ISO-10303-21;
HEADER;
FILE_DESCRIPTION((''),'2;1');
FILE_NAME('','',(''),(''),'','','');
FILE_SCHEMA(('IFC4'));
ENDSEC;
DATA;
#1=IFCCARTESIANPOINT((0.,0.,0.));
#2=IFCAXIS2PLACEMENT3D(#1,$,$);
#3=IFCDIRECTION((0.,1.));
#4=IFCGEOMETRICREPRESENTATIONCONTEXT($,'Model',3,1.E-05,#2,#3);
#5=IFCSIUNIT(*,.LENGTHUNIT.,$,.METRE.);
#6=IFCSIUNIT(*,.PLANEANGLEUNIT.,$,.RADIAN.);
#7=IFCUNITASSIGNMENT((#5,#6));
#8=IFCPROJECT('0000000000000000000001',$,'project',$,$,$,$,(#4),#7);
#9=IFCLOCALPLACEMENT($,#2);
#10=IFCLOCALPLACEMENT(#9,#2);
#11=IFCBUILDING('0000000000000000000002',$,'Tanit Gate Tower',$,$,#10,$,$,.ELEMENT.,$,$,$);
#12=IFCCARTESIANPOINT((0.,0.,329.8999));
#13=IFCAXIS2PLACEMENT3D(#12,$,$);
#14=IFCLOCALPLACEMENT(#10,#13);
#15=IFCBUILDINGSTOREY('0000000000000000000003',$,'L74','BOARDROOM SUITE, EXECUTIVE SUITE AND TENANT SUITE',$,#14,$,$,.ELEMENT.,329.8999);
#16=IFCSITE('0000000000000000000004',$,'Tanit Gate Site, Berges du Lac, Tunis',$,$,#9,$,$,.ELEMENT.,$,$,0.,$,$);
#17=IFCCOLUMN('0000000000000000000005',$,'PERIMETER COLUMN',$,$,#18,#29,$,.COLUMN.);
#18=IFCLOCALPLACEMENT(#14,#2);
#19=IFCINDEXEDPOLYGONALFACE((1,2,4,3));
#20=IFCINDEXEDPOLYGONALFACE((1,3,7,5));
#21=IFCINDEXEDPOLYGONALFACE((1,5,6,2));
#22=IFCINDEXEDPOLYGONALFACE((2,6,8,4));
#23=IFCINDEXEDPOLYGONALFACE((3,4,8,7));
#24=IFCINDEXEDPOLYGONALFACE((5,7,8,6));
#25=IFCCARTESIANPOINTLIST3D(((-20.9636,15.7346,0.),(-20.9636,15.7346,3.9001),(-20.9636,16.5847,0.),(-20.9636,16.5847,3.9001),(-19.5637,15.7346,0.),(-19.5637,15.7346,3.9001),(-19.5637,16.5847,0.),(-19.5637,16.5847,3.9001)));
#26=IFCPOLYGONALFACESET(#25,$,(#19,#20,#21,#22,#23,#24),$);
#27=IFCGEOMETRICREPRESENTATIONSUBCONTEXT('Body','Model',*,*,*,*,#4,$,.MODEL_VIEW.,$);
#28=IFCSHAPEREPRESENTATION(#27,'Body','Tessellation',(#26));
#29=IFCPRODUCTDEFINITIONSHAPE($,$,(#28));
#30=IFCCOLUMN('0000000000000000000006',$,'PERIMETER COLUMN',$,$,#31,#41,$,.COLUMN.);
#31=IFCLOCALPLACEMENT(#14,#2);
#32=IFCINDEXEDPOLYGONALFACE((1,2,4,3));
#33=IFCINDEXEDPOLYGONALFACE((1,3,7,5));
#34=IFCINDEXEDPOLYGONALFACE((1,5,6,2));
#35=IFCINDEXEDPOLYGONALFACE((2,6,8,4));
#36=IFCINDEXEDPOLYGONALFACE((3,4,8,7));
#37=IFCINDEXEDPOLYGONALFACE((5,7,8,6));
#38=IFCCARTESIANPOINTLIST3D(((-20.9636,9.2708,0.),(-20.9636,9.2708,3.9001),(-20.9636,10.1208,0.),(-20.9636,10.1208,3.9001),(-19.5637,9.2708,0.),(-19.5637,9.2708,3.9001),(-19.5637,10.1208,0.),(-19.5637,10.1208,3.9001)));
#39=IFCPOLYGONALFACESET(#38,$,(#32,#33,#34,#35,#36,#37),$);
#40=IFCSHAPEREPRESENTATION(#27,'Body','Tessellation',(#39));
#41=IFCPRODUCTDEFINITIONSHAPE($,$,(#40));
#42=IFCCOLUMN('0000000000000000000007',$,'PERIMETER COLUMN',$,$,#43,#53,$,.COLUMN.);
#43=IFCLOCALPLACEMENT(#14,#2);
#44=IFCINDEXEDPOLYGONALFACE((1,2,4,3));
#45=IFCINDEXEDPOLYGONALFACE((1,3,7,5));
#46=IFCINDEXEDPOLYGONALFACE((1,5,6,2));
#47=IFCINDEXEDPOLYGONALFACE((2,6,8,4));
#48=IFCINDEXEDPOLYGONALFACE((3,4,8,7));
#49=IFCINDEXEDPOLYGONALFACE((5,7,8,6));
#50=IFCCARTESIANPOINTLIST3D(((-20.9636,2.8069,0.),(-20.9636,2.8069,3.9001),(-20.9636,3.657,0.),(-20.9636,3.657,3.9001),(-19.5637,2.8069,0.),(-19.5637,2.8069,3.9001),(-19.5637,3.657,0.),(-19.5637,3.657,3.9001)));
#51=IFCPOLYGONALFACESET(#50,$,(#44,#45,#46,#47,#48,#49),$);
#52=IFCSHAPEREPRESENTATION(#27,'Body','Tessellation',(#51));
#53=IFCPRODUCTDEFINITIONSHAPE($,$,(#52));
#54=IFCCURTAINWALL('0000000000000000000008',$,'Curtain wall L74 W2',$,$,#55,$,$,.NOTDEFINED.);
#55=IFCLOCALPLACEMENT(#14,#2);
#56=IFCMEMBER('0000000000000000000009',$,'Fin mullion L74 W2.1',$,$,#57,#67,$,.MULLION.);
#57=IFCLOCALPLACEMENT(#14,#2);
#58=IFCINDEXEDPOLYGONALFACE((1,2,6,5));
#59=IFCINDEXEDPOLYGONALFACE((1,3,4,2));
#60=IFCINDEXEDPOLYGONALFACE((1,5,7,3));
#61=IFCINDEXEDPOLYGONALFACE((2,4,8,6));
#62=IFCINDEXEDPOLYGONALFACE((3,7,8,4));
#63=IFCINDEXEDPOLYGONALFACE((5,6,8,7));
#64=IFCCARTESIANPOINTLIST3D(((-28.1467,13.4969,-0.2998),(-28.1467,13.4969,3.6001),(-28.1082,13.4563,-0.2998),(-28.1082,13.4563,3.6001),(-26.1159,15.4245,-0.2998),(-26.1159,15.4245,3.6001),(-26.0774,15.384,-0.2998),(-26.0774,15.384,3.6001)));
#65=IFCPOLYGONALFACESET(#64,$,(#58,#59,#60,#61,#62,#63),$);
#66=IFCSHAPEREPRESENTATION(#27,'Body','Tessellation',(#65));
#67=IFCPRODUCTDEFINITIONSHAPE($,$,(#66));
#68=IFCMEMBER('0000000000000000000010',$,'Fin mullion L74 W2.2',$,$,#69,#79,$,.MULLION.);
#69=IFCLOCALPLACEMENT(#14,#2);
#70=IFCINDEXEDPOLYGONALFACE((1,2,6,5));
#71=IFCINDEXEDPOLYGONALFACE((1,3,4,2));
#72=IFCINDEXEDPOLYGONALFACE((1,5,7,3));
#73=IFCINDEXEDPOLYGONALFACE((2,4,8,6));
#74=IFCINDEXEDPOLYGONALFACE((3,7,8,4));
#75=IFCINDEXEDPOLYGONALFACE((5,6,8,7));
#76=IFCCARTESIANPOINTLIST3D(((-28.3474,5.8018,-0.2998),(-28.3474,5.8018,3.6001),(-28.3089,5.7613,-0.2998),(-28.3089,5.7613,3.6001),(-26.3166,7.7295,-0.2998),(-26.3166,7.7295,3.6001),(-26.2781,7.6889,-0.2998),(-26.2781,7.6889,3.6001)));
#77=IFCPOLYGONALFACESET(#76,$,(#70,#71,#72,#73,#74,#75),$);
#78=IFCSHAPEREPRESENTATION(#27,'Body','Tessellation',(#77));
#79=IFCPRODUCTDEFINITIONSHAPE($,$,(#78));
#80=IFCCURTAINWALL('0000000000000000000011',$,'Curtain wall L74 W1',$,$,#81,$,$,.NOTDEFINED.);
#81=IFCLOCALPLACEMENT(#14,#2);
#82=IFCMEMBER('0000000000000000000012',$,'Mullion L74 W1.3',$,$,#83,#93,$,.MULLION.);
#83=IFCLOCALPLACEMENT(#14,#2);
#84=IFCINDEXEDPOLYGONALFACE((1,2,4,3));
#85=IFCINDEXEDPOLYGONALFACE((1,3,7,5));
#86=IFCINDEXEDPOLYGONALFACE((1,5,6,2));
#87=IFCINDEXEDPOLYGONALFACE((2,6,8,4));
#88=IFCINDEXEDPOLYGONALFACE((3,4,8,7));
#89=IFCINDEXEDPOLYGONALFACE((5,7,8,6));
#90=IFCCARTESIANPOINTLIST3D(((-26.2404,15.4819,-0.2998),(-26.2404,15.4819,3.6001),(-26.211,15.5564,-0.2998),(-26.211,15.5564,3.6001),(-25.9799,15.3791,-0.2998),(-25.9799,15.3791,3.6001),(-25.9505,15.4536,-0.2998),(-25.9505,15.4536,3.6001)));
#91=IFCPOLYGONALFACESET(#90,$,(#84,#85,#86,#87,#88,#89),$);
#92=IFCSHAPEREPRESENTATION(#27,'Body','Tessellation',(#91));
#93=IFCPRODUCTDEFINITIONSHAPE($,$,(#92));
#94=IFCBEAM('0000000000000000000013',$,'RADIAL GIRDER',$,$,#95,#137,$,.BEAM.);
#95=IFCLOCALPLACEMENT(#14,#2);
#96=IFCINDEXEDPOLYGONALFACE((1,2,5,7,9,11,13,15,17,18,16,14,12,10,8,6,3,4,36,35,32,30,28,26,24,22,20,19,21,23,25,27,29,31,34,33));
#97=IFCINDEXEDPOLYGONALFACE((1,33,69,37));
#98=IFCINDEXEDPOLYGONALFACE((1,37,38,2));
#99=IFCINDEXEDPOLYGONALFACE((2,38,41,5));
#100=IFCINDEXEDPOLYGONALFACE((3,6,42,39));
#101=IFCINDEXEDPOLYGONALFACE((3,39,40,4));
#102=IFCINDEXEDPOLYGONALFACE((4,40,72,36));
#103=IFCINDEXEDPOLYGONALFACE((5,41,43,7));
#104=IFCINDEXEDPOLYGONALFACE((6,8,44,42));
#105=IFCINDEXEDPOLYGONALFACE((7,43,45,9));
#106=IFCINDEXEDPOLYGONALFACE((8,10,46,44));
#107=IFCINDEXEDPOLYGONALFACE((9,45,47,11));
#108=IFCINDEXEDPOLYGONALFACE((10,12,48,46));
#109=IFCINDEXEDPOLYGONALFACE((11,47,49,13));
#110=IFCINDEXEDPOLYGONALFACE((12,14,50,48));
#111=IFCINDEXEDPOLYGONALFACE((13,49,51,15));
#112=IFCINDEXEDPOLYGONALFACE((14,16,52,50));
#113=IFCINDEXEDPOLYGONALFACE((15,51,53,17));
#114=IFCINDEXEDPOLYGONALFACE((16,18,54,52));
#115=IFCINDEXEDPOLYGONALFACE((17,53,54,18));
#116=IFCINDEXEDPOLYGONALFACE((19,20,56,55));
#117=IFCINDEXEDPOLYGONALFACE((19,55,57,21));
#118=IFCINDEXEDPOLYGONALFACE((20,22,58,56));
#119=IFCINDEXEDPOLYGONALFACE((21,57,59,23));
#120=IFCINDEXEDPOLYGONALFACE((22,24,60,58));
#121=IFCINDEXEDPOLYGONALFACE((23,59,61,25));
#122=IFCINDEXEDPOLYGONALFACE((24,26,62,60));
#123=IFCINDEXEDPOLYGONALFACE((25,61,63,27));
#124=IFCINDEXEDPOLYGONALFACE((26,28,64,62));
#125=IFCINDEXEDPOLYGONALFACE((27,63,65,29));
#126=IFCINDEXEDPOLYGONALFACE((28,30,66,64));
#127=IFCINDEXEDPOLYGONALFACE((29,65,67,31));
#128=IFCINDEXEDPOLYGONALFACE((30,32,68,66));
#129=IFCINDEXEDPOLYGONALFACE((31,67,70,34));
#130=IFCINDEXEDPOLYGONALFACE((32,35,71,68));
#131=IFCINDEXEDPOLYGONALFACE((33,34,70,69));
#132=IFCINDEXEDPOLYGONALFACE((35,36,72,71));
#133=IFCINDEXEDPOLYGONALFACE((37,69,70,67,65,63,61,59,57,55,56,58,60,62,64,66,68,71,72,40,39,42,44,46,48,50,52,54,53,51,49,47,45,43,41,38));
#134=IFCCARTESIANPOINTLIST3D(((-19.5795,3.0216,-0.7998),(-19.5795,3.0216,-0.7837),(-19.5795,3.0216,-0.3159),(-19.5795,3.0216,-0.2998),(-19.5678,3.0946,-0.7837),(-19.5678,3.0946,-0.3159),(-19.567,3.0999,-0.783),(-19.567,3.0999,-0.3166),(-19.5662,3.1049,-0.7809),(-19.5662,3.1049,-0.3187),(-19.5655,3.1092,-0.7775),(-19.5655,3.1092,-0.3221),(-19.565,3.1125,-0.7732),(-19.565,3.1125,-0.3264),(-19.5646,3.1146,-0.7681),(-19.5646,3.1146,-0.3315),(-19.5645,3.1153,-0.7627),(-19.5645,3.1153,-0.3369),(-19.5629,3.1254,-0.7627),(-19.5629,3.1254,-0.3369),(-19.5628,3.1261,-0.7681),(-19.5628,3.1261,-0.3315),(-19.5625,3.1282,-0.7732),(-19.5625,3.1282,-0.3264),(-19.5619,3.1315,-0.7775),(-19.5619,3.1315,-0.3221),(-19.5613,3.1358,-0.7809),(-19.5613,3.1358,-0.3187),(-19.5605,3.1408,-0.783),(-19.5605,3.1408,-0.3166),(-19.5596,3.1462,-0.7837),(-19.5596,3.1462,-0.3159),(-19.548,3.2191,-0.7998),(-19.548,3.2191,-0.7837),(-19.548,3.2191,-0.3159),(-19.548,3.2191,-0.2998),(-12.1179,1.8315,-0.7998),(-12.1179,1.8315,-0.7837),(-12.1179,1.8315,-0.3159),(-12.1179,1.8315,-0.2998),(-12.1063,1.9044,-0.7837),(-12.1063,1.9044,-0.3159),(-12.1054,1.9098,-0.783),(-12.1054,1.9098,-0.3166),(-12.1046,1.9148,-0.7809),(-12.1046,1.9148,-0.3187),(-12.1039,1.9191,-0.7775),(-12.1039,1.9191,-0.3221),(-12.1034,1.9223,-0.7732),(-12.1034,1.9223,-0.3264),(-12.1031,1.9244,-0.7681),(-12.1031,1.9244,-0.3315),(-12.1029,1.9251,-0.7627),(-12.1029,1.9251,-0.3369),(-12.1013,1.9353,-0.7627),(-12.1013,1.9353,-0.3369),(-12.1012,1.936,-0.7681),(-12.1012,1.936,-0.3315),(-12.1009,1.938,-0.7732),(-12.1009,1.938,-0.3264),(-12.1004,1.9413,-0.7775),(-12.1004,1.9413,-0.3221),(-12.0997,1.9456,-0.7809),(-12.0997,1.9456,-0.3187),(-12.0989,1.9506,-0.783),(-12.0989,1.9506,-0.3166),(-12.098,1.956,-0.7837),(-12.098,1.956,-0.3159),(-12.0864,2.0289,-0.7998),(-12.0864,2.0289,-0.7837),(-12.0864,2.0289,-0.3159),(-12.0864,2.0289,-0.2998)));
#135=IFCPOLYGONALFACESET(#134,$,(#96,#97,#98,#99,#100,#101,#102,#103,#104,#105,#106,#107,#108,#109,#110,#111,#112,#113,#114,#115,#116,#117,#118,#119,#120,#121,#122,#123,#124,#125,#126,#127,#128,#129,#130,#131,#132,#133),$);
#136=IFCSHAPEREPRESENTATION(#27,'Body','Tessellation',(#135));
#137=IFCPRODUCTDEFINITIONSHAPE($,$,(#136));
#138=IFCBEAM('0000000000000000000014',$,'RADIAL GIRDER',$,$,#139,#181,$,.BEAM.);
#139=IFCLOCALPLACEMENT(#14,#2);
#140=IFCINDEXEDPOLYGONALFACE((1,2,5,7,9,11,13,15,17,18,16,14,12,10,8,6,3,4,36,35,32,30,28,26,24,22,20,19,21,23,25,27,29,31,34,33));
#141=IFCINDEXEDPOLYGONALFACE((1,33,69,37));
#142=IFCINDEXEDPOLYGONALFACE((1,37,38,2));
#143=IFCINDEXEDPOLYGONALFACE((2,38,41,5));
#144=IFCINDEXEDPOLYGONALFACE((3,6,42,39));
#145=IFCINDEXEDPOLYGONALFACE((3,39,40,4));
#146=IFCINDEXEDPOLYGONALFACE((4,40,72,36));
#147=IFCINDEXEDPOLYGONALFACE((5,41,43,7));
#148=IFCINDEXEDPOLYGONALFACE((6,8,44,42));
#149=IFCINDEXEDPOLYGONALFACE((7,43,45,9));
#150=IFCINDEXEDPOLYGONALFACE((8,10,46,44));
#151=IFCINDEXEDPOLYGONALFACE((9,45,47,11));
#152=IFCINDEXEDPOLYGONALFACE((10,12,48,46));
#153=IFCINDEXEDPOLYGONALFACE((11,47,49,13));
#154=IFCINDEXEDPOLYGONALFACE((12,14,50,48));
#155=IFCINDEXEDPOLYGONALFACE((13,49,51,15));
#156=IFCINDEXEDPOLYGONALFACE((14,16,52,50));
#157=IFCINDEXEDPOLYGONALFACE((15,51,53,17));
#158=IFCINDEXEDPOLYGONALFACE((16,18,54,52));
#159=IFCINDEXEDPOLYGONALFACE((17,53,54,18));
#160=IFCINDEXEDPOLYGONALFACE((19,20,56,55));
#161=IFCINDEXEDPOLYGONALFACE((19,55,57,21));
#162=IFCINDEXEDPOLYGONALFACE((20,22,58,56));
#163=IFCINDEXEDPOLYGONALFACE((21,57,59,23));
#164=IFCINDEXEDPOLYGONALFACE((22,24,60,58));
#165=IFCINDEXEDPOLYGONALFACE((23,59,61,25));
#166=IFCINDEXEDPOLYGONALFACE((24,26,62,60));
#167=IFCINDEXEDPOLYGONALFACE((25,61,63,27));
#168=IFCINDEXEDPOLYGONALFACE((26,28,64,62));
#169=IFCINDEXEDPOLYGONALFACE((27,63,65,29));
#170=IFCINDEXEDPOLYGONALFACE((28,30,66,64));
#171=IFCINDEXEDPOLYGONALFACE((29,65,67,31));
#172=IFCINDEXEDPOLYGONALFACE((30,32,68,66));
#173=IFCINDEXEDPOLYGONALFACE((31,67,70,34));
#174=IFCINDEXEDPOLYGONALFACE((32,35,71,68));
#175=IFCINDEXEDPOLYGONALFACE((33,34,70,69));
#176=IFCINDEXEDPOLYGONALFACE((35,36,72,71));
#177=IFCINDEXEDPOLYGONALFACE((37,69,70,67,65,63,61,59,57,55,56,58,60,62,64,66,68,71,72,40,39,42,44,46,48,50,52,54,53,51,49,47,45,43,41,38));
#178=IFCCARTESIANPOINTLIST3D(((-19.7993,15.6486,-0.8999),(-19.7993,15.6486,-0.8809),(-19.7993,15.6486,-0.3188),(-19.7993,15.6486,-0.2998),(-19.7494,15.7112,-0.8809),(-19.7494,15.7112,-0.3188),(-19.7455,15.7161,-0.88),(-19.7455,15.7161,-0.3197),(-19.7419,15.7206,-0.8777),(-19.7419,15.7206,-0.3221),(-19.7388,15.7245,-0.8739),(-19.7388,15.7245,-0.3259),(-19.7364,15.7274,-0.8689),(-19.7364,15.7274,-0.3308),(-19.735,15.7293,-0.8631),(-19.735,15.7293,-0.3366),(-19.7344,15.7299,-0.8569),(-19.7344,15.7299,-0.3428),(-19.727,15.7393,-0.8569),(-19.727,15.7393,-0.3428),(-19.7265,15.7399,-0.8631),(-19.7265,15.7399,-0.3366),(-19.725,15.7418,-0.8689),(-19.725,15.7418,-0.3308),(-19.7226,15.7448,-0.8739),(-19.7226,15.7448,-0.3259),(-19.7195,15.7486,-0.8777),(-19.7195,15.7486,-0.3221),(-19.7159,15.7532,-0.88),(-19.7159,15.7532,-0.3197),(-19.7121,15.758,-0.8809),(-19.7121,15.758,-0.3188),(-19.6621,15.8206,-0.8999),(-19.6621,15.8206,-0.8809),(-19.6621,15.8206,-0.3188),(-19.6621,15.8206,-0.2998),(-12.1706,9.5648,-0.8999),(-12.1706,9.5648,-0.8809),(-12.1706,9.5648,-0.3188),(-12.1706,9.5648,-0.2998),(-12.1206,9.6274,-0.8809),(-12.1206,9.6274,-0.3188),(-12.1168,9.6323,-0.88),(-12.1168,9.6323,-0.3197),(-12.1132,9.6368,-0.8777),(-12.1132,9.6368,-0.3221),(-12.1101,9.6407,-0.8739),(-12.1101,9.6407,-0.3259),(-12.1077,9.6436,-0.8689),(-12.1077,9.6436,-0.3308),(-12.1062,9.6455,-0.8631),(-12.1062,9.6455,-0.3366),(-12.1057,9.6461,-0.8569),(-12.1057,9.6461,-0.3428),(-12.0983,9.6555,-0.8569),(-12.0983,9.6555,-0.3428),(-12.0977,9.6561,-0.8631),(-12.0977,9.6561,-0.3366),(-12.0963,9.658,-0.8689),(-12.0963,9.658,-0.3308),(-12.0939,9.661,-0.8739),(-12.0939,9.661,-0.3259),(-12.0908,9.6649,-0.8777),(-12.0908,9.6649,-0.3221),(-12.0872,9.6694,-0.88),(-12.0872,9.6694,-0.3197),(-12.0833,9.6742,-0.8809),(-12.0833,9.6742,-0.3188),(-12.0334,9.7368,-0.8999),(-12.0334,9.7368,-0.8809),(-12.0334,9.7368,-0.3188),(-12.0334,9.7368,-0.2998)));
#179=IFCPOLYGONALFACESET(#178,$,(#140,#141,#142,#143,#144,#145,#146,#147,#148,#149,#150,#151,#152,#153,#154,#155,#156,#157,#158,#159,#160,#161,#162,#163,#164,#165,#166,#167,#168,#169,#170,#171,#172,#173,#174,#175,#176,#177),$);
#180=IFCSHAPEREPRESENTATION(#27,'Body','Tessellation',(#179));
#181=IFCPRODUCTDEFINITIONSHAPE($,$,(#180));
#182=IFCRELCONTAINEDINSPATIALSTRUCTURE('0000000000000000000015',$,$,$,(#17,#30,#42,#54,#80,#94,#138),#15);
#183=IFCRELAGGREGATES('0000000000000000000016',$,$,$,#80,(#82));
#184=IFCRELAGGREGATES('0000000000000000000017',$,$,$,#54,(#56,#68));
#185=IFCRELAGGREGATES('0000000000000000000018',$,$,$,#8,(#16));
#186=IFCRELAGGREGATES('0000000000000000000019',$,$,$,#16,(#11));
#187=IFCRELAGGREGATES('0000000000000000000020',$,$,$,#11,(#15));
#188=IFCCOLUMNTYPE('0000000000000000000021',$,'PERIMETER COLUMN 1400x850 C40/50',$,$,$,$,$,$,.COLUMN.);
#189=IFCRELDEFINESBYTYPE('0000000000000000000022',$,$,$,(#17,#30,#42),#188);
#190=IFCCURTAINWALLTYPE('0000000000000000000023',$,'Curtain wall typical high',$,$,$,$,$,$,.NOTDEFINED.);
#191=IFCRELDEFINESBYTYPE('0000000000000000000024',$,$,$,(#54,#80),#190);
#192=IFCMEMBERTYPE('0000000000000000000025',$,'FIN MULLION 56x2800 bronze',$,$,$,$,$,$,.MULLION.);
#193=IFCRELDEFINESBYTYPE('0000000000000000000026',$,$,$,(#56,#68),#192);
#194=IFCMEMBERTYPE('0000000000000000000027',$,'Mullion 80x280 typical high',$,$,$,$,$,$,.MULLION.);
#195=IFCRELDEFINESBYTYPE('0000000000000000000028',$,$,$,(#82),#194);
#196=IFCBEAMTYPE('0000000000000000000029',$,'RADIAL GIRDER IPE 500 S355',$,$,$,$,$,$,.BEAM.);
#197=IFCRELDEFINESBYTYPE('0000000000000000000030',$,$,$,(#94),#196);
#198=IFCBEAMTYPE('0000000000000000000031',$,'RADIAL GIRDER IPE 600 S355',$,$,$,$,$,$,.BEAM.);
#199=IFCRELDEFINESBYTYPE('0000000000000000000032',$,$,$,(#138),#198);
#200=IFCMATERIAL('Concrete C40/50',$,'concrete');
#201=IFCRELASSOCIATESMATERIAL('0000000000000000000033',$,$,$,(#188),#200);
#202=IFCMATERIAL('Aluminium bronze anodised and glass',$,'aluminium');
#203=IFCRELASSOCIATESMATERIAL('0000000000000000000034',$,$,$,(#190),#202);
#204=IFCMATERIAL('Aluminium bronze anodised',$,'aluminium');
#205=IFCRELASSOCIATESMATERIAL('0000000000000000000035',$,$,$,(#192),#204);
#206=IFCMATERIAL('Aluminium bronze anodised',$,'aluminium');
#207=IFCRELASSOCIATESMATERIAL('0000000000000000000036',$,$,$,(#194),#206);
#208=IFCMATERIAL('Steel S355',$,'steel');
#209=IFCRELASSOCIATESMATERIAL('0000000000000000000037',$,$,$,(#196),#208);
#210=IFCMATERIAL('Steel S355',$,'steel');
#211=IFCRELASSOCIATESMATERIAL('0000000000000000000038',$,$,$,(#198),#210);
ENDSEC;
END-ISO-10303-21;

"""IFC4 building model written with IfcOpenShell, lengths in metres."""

from ifc_helpers import new_model, si_unit, direction, frame, origin, origin_2d, place, context, subcontext, project, spatial, rectangle, i_section, extrude, material, material_profile, profile_set, type_object, element, aggregate, save


model = new_model("IFC4")

# Units and contexts
model_context = context("Model", 3, precision=1e-05, world=origin(), true_north=direction((0.0, 1.0)))
body_context = subcontext(model_context, "Body", "Model", "MODEL_VIEW")
ifc_project = project(units=[si_unit("LENGTHUNIT", "METRE"), si_unit("PLANEANGLEUNIT", "RADIAN")], contexts=[model_context])

# Site, building, storey
site_placement = place(None, origin())
site = spatial("IfcSite", under=ifc_project, at=site_placement, Name="Tanit Gate Site, Berges du Lac, Tunis", CompositionType="ELEMENT", RefElevation=0.0)
building_placement = place(site_placement, origin())
building = spatial("IfcBuilding", under=site, at=building_placement, Name="Tanit Gate Tower", CompositionType="ELEMENT")
storey_placement = place(building_placement, frame((0.0, 0.0, 329.8999)))
storey = spatial("IfcBuildingStorey", under=building, at=storey_placement, Name="L74", Description="BOARDROOM SUITE, EXECUTIVE SUITE AND TENANT SUITE", CompositionType="ELEMENT", Elevation=329.8999)

# Columns
ifc_material_1 = material(Name="Concrete C40/50", Category="concrete")
ifc_material_profile_1 = material_profile(ifc_material_1, rectangle(XDim=1.3999, YDim=0.8501, at=origin_2d()), Name="RC 1400x850")
ifc_profile_set_1 = profile_set([ifc_material_profile_1], Name="Concrete C40/50")
column_type = type_object("IfcColumnType", Name="PERIMETER COLUMN 1400x850 C40/50", PredefinedType="COLUMN", material=ifc_profile_set_1)
for number, where, z_axis, x_axis, name in (
    (1, (-20.2637, 16.1597, 0.0), (0.0, 0.0, 1.0), (-1.0, 0.0, 0.0), "PERIMETER COLUMN"),
    (2, (-20.2637, 9.6958, 0.0), (0.0, 0.0, 1.0), (-1.0, 0.0, 0.0), "PERIMETER COLUMN"),
    (3, (-20.2637, 3.2319, 0.0), (0.0, 0.0, 1.0), (-1.0, 0.0, 0.0), "PERIMETER COLUMN"),
):
    element("IfcColumn", number, at=place(storey_placement, frame(where, z_axis=z_axis, x_axis=x_axis)), inside=storey, type_object=column_type, Name=name, PredefinedType="COLUMN", context=body_context, shape_type="SweptSolid", body=[
        extrude(rectangle(XDim=1.3999, YDim=0.8501, at=origin_2d()), origin(), (0.0, 0.0, 1.0), 3.9001),
    ])

# Curtain wall, members
ifc_material_2 = material(Name="Aluminium bronze anodised and glass", Category="aluminium")
curtain_wall_type = type_object("IfcCurtainWallType", Name="Curtain wall typical high", PredefinedType="NOTDEFINED", material=ifc_material_2)
curtain_wall_1_placement = place(storey_placement, origin())
curtain_wall_1 = element("IfcCurtainWall", 4, at=curtain_wall_1_placement, inside=storey, type_object=curtain_wall_type, Name="Curtain wall L74 W2", PredefinedType="NOTDEFINED")
ifc_material_3 = material(Name="Aluminium bronze anodised", Category="aluminium")
ifc_material_profile_2 = material_profile(ifc_material_3, rectangle(XDim=2.8, YDim=0.0559, at=origin_2d()), Name="56x2800 bronze fin mullion")
ifc_profile_set_2 = profile_set([ifc_material_profile_2], Name="Aluminium bronze anodised")
member_type_1 = type_object("IfcMemberType", Name="FIN MULLION 56x2800 bronze", PredefinedType="MULLION", material=ifc_profile_set_2)
member_1_placement = place(storey_placement, frame((-27.1121, 14.4404, -0.2998), z_axis=(0.0, 0.0, 1.0), x_axis=(0.725296, 0.688438, 0.0)))
member_1 = element("IfcMember", 5, at=member_1_placement, type_object=member_type_1, Name="Fin mullion L74 W2.1", PredefinedType="MULLION", context=body_context, shape_type="SweptSolid", body=[
    extrude(rectangle(XDim=2.8, YDim=0.0559, at=origin_2d()), origin(), (0.0, 0.0, 1.0), 3.8999),
])
member_2_placement = place(storey_placement, frame((-27.3127, 6.7454, -0.2998), z_axis=(0.0, 0.0, 1.0), x_axis=(0.725296, 0.688438, 0.0)))
member_2 = element("IfcMember", 6, at=member_2_placement, type_object=member_type_1, Name="Fin mullion L74 W2.2", PredefinedType="MULLION", context=body_context, shape_type="SweptSolid", body=[
    extrude(rectangle(XDim=2.8, YDim=0.0559, at=origin_2d()), origin(), (0.0, 0.0, 1.0), 3.8999),
])

# Curtain wall, member
curtain_wall_2_placement = place(storey_placement, origin())
curtain_wall_2 = element("IfcCurtainWall", 7, at=curtain_wall_2_placement, inside=storey, type_object=curtain_wall_type, Name="Curtain wall L74 W1", PredefinedType="NOTDEFINED")
ifc_material_4 = material(Name="Aluminium bronze anodised", Category="aluminium")
ifc_material_profile_3 = material_profile(ifc_material_4, rectangle(XDim=0.28, YDim=0.0801, at=origin_2d()), Name="80x280 bronze mullion")
ifc_profile_set_3 = profile_set([ifc_material_profile_3], Name="Aluminium bronze anodised")
member_type_2 = type_object("IfcMemberType", Name="Mullion 80x280 typical high", PredefinedType="MULLION", material=ifc_profile_set_3)
member_3_placement = place(storey_placement, frame((-26.0955, 15.4678, -0.2998), z_axis=(0.0, 0.0, 1.0), x_axis=(0.930193, -0.36707, 0.0)))
member_3 = element("IfcMember", 8, at=member_3_placement, type_object=member_type_2, Name="Mullion L74 W1.3", PredefinedType="MULLION", context=body_context, shape_type="SweptSolid", body=[
    extrude(rectangle(XDim=0.28, YDim=0.0801, at=origin_2d()), origin(), (0.0, 0.0, 1.0), 3.8999),
])
aggregate(curtain_wall_2, [member_3])

# Beams
ifc_material_5 = material(Name="Steel S355", Category="steel")
ifc_material_profile_4 = material_profile(ifc_material_5, i_section(OverallWidth=0.2, OverallDepth=0.5, WebThickness=0.0103, FlangeThickness=0.0161, FilletRadius=0.021, at=origin_2d()), Name="IPE 500")
ifc_profile_set_4 = profile_set([ifc_material_profile_4], Name="Steel S355")
beam_type_1 = type_object("IfcBeamType", Name="RADIAL GIRDER IPE 500 S355", PredefinedType="BEAM", material=ifc_profile_set_4)
beam_1_placement = place(storey_placement, frame((-19.5637, 3.1204, -0.5498), z_axis=(0.987517, -0.157515, 0.0), x_axis=(0.157515, 0.987517, 0.0)))
element("IfcBeam", 9, at=beam_1_placement, inside=storey, type_object=beam_type_1, Name="RADIAL GIRDER", PredefinedType="BEAM", context=body_context, shape_type="SweptSolid", body=[
    extrude(i_section(OverallWidth=0.2, OverallDepth=0.5, WebThickness=0.0103, FlangeThickness=0.0161, FilletRadius=0.021, at=origin_2d()), origin(), (0.0, 0.0, 1.0), 7.5559),
])
ifc_material_6 = material(Name="Steel S355", Category="steel")
ifc_material_profile_5 = material_profile(ifc_material_6, i_section(OverallWidth=0.22, OverallDepth=0.6001, WebThickness=0.012, FlangeThickness=0.019, FilletRadius=0.0239, at=origin_2d()), Name="IPE 600")
ifc_profile_set_5 = profile_set([ifc_material_profile_5], Name="Steel S355")
beam_type_2 = type_object("IfcBeamType", Name="RADIAL GIRDER IPE 600 S355", PredefinedType="BEAM", material=ifc_profile_set_5)
beam_2_placement = place(storey_placement, frame((-19.7307, 15.7346, -0.5999), z_axis=(0.781827, -0.623495, 0.0), x_axis=(0.623495, 0.781827, 0.0)))
element("IfcBeam", 10, at=beam_2_placement, inside=storey, type_object=beam_type_2, Name="RADIAL GIRDER", PredefinedType="BEAM", context=body_context, shape_type="SweptSolid", body=[
    extrude(i_section(OverallWidth=0.22, OverallDepth=0.6001, WebThickness=0.012, FlangeThickness=0.019, FilletRadius=0.0239, at=origin_2d()), origin(), (0.0, 0.0, 1.0), 9.7576),
])

aggregate(curtain_wall_1, [member_1, member_2])

save(model, "model.ifc")
